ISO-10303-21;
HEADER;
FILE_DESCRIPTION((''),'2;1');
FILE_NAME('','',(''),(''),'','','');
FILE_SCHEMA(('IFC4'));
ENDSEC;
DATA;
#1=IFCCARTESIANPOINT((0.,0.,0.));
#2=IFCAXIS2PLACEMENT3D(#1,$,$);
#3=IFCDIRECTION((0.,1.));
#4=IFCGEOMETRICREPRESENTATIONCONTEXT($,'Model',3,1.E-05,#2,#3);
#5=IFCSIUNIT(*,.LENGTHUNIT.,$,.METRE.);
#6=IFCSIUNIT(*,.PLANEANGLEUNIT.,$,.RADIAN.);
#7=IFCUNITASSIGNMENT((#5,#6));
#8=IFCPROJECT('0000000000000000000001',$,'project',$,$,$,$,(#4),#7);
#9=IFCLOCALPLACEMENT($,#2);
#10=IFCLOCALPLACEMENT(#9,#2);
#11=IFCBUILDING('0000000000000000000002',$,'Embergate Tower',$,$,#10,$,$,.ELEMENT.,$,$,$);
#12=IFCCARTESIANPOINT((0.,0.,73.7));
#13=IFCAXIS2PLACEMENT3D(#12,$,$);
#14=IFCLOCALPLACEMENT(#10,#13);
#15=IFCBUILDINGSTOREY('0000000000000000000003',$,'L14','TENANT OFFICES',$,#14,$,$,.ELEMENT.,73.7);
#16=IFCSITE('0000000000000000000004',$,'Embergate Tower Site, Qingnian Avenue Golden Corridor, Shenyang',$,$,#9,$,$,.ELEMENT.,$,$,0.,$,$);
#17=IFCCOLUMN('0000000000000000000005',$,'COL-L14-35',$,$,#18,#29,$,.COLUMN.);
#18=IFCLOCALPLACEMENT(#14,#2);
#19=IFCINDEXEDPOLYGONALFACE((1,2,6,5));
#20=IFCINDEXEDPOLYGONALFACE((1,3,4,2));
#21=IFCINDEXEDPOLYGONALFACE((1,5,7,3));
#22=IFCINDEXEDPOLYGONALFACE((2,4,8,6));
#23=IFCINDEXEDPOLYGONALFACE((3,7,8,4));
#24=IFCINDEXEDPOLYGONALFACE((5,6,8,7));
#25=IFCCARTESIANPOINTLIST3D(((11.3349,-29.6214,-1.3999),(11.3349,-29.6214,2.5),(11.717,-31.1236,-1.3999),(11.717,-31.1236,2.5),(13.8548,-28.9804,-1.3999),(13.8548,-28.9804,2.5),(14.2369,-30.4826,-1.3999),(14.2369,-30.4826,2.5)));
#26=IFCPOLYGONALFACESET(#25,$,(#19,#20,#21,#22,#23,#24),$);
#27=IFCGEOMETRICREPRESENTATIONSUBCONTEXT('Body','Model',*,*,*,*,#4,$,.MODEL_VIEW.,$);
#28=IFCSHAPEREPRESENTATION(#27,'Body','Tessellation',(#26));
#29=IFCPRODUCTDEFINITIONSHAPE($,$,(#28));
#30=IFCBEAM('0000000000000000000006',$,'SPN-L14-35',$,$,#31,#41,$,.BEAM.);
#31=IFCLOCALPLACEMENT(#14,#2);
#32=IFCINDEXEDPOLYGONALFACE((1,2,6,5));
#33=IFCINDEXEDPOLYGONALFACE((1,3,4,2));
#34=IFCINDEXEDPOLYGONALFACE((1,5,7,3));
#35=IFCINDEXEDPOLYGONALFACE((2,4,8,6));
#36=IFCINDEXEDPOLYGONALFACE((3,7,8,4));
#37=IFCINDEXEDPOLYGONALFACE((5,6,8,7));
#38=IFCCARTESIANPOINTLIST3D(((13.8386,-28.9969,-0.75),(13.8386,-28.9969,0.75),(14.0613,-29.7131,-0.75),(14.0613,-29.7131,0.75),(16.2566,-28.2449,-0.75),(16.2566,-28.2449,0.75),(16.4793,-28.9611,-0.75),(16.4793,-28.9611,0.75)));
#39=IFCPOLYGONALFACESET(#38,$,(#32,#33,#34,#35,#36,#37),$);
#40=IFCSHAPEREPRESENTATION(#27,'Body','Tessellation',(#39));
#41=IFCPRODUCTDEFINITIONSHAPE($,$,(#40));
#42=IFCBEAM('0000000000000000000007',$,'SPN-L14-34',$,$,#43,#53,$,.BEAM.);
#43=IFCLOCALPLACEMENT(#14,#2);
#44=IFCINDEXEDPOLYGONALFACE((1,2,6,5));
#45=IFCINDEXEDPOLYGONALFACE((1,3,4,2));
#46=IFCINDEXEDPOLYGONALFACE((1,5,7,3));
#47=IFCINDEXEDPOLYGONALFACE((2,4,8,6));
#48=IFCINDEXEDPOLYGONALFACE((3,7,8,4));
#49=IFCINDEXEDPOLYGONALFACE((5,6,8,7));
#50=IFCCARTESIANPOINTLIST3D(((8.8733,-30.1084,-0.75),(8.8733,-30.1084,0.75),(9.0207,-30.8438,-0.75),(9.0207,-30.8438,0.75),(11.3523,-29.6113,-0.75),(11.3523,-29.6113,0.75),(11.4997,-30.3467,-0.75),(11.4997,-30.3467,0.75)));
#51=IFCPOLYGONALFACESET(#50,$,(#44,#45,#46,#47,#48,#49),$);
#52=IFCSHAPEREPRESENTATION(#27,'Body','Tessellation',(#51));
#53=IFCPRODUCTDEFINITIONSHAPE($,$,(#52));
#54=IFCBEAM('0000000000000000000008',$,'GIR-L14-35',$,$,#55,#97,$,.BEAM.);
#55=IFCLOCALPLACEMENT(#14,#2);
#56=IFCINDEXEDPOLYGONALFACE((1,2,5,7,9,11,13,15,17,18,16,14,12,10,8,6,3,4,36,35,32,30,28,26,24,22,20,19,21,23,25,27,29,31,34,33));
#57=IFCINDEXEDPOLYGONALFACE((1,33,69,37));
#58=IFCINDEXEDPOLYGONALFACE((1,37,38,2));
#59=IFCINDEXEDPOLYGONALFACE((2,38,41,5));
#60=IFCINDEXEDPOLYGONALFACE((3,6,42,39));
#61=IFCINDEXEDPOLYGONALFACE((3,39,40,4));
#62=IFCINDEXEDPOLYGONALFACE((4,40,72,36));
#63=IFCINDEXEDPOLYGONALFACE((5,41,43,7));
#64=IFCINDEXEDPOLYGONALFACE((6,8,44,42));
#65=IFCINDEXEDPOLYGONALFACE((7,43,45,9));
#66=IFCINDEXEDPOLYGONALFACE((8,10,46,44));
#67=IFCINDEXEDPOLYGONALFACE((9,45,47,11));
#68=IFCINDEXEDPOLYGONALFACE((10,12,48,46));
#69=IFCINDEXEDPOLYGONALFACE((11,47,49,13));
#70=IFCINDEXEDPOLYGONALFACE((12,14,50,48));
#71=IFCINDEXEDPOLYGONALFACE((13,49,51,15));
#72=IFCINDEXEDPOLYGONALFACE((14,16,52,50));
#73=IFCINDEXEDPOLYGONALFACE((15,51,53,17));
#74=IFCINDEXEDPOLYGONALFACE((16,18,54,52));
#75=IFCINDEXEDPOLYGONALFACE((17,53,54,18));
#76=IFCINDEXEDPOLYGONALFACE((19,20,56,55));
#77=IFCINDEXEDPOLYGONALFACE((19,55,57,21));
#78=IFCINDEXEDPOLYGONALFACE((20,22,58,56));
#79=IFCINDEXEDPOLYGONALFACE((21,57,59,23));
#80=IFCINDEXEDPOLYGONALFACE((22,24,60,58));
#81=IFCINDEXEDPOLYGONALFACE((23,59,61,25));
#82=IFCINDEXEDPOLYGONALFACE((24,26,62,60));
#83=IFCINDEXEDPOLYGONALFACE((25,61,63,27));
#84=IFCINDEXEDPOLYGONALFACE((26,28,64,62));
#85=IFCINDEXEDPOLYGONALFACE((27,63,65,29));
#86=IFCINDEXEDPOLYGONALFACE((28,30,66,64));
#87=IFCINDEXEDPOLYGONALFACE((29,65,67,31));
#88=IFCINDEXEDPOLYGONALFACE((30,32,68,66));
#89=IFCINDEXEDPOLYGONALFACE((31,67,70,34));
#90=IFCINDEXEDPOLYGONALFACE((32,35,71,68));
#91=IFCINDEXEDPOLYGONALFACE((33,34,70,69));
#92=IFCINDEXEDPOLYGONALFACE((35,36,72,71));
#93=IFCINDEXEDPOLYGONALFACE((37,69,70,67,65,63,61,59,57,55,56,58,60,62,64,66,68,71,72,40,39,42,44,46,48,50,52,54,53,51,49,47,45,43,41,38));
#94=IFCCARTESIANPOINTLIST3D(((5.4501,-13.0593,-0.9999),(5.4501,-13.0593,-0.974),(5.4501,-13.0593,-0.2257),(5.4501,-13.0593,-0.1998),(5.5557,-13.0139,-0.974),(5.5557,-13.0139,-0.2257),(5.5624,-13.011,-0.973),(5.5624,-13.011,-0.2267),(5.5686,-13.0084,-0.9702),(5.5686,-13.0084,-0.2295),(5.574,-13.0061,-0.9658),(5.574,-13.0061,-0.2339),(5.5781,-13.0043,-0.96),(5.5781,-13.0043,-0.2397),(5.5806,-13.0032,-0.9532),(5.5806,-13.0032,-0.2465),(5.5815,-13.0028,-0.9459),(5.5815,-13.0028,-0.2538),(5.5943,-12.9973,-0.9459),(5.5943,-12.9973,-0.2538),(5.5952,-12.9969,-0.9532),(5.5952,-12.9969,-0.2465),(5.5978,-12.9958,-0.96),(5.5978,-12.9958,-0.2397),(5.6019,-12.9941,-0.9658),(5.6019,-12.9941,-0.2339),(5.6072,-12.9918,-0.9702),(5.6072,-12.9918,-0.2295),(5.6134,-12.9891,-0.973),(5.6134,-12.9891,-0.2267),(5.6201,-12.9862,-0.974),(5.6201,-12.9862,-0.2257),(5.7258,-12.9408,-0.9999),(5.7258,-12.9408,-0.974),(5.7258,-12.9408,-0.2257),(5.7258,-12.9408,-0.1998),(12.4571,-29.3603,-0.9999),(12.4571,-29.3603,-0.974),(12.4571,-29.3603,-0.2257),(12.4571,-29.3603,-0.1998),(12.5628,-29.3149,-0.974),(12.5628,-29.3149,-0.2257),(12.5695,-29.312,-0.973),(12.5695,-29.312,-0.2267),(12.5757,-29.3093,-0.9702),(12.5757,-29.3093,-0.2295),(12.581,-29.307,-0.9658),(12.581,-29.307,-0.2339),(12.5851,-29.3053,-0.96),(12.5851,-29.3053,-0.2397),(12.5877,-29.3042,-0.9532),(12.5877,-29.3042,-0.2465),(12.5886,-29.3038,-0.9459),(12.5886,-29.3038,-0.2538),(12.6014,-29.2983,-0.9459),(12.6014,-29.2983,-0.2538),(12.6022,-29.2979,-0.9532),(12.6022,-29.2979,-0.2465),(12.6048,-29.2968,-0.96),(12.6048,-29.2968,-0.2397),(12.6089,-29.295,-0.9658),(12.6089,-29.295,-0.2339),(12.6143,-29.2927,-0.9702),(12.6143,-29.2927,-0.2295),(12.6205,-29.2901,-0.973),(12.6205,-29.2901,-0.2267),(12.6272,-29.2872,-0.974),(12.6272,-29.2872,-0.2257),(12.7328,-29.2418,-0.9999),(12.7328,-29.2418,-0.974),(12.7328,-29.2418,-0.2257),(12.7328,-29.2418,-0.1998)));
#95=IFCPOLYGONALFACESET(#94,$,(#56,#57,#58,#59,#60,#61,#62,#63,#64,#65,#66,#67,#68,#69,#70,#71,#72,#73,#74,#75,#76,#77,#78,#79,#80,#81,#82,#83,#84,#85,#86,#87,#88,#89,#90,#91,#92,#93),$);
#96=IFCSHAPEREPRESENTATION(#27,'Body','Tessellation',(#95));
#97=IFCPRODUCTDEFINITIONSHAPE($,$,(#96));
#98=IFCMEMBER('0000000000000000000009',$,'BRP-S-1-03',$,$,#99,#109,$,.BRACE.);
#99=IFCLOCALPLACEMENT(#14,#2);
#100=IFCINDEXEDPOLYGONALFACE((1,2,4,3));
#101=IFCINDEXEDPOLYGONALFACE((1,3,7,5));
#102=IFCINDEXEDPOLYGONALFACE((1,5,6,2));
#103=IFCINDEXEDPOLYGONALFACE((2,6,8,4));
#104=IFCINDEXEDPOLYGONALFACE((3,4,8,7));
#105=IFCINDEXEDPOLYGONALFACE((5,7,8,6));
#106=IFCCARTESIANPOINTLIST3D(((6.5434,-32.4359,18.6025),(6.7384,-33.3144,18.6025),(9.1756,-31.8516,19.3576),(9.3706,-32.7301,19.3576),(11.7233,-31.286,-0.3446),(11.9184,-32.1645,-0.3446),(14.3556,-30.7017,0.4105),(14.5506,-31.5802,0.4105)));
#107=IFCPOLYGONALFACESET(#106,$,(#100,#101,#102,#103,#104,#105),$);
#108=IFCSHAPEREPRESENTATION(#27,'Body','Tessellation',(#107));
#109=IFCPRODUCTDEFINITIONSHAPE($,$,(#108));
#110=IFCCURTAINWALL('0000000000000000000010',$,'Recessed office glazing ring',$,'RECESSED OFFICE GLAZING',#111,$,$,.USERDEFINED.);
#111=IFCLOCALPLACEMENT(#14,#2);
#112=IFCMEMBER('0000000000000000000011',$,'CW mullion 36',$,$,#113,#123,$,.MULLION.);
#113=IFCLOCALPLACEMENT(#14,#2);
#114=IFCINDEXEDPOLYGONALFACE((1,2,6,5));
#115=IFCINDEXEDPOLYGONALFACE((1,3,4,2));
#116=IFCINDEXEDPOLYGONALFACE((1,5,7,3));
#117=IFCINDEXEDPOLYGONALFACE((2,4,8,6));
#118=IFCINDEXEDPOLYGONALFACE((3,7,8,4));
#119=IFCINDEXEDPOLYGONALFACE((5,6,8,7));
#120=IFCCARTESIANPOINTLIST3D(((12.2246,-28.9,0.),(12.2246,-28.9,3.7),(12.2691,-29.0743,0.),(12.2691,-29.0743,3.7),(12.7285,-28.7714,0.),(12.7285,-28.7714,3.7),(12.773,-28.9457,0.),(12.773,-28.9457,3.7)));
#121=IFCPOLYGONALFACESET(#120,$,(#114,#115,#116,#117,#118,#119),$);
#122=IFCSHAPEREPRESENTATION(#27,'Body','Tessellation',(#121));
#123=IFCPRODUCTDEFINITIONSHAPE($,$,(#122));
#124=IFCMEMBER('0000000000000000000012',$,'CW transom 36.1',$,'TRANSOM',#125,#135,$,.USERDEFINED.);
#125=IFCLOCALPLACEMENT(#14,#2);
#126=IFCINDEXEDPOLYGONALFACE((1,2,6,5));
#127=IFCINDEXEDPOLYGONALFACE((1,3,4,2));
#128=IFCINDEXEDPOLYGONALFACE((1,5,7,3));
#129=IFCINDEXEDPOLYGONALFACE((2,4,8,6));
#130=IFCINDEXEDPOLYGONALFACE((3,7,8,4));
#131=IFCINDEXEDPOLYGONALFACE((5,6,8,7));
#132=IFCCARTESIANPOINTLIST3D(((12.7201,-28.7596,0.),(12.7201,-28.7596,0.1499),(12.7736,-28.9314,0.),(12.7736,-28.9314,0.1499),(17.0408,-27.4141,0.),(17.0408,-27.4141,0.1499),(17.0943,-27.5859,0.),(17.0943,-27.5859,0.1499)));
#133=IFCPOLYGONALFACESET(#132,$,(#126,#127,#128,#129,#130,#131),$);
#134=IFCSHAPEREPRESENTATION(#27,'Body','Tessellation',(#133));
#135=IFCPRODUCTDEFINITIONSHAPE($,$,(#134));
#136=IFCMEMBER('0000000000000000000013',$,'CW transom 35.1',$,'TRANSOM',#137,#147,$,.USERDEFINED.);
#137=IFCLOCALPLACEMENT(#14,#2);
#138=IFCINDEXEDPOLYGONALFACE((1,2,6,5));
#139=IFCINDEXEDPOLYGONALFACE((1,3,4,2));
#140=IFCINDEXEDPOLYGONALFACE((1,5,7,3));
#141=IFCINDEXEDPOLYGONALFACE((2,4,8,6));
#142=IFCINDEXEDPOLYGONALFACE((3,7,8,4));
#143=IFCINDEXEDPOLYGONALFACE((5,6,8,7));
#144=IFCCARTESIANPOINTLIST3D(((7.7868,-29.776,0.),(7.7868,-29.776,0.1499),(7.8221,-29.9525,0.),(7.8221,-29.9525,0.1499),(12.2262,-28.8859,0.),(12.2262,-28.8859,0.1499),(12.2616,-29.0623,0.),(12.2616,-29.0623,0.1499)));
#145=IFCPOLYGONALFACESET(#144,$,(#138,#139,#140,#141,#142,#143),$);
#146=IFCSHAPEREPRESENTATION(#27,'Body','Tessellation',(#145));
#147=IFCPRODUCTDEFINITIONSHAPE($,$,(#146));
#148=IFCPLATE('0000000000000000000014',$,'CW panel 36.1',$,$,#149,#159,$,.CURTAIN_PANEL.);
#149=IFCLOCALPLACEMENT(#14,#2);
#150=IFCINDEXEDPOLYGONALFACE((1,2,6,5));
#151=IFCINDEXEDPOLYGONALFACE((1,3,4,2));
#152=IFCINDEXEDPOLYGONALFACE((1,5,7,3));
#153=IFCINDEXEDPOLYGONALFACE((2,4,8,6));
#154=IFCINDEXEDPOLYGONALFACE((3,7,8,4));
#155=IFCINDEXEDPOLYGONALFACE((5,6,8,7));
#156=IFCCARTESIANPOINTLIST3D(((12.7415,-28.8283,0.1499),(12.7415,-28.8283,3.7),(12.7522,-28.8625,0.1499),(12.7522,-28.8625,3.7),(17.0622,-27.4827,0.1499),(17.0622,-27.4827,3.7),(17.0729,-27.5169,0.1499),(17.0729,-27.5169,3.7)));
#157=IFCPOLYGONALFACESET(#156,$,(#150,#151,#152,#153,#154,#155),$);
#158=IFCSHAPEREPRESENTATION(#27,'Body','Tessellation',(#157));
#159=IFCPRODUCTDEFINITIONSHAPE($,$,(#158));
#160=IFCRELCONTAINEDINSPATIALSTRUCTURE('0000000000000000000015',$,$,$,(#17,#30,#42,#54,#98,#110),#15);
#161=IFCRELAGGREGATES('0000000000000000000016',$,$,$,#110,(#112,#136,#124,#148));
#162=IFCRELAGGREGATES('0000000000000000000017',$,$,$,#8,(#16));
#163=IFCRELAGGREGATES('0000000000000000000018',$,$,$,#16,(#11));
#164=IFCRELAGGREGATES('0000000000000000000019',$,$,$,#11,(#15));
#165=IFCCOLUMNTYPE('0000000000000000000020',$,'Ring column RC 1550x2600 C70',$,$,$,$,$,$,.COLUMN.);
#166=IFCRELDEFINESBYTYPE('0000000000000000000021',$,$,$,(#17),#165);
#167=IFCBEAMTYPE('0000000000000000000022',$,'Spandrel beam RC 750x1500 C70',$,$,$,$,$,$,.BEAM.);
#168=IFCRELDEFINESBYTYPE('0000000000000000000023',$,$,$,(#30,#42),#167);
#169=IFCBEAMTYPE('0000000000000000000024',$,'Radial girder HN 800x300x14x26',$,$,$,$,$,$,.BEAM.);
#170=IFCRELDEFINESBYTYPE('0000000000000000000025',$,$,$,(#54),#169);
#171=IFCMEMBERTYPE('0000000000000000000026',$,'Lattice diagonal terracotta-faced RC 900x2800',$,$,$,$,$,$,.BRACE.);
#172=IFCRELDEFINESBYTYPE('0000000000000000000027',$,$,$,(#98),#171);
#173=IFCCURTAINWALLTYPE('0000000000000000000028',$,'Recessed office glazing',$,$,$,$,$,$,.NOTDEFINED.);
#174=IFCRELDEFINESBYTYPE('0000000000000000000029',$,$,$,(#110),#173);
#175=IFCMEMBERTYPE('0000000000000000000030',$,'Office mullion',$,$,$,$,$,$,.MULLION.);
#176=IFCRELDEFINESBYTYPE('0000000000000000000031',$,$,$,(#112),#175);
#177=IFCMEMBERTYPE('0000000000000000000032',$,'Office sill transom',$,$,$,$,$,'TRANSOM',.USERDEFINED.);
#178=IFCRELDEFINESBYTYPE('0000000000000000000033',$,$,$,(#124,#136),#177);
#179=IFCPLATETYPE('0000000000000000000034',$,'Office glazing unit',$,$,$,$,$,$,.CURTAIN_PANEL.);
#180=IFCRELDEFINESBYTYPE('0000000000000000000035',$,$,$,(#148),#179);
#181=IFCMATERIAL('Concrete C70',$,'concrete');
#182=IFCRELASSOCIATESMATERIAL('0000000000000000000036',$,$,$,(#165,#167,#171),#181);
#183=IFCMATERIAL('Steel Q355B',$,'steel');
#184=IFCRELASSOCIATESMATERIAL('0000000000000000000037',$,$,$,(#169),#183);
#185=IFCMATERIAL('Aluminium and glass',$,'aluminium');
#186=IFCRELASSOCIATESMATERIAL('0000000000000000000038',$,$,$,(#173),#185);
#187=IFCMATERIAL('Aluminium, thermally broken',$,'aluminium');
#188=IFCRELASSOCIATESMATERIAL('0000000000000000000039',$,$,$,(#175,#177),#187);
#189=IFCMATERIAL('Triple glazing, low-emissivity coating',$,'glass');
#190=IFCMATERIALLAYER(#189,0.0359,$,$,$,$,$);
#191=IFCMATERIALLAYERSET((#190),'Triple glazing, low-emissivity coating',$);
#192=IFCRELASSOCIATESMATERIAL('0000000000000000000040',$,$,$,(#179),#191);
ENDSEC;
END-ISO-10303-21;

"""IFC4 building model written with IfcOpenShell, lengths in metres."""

from ifc_helpers import new_model, si_unit, direction, frame, origin, origin_2d, place, context, subcontext, project, spatial, rectangle, i_section, extrude, source, transform, mapped, material, layer, layer_set, material_profile, profile_set, type_object, element, aggregate, save


model = new_model("IFC4")

# Units and contexts
model_context = context("Model", 3, precision=1e-05, world=origin(), true_north=direction((0.0, 1.0)))
body_context = subcontext(model_context, "Body", "Model", "MODEL_VIEW")
ifc_project = project(units=[si_unit("LENGTHUNIT", "METRE"), si_unit("PLANEANGLEUNIT", "RADIAN")], contexts=[model_context])

# Site, building, storey
site_placement = place(None, origin())
site = spatial("IfcSite", under=ifc_project, at=site_placement, Name="Embergate Tower Site, Qingnian Avenue Golden Corridor, Shenyang", CompositionType="ELEMENT", RefElevation=0.0)
building_placement = place(site_placement, origin())
building = spatial("IfcBuilding", under=site, at=building_placement, Name="Embergate Tower", CompositionType="ELEMENT")
storey_placement = place(building_placement, frame((0.0, 0.0, 73.7)))
storey = spatial("IfcBuildingStorey", under=building, at=storey_placement, Name="L14", Description="TENANT OFFICES", CompositionType="ELEMENT", Elevation=73.7)

# Column
ifc_material_1 = material(Name="Concrete C70", Category="concrete")
ifc_material_profile_1 = material_profile(ifc_material_1, rectangle(XDim=1.55, YDim=2.6001, at=origin_2d()), Name="RC 1550x2600")
ifc_profile_set_1 = profile_set([ifc_material_profile_1], Name="Concrete C70")
column_type = type_object("IfcColumnType", Name="Ring column RC 1550x2600 C70", PredefinedType="COLUMN", material=ifc_profile_set_1)
shared_shape_1 = source(origin(), body_context, "Body", "SweptSolid", [
    extrude(rectangle(XDim=1.55, YDim=2.6001, at=origin_2d()), origin(), (0.0, 0.0, 1.0), 3.8999),
])
column_placement = place(storey_placement, frame((12.7859, -30.052, -1.3999), z_axis=(0.0, 0.0, 1.0), x_axis=(0.246509, -0.969141, 0.0)))
element("IfcColumn", 1, at=column_placement, inside=storey, type_object=column_type, Name="COL-L14-35", PredefinedType="COLUMN", context=body_context, shape_type="MappedRepresentation", body=[
    mapped(shared_shape_1, transform((0.0, 0.0, 0.0))),
])

# Beams
ifc_material_profile_2 = material_profile(ifc_material_1, rectangle(XDim=0.75, YDim=1.5, at=origin_2d()), Name="RC 750x1500")
ifc_profile_set_2 = profile_set([ifc_material_profile_2], Name="Concrete C70")
beam_type_1 = type_object("IfcBeamType", Name="Spandrel beam RC 750x1500 C70", PredefinedType="BEAM", material=ifc_profile_set_2)
shared_shape_2 = source(origin(), body_context, "Body", "SweptSolid", [
    extrude(rectangle(XDim=0.75, YDim=1.5, at=origin_2d()), origin(), (0.0, 0.0, 1.0), 2.5322),
])
beam_1_placement = place(storey_placement, frame((13.95, -29.355, 0.0), z_axis=(0.954891, 0.296957, 0.0), x_axis=(-0.296957, 0.954891, 0.0)))
element("IfcBeam", 2, at=beam_1_placement, inside=storey, type_object=beam_type_1, Name="SPN-L14-35", PredefinedType="BEAM", context=body_context, shape_type="MappedRepresentation", body=[
    mapped(shared_shape_2, transform((0.0, 0.0, 0.0))),
])
shared_shape_3 = source(origin(), body_context, "Body", "SweptSolid", [
    extrude(rectangle(XDim=0.75, YDim=1.5, at=origin_2d()), origin(), (0.0, 0.0, 1.0), 2.5283),
])
beam_2_placement = place(storey_placement, frame((8.947, -30.4761, 0.0), z_axis=(0.980484, 0.196599, 0.0), x_axis=(-0.196599, 0.980484, 0.0)))
element("IfcBeam", 3, at=beam_2_placement, inside=storey, type_object=beam_type_1, Name="SPN-L14-34", PredefinedType="BEAM", context=body_context, shape_type="MappedRepresentation", body=[
    mapped(shared_shape_3, transform((0.0, 0.0, 0.0))),
])
ifc_material_2 = material(Name="Steel Q355B", Category="steel")
ifc_material_profile_3 = material_profile(ifc_material_2, i_section(OverallWidth=0.3, OverallDepth=0.8, WebThickness=0.0139, FlangeThickness=0.0259, FilletRadius=0.0281, at=origin_2d()), Name="HN 800x300x14x26")
ifc_profile_set_3 = profile_set([ifc_material_profile_3], Name="Steel Q355 grade B")
beam_type_2 = type_object("IfcBeamType", Name="Radial girder HN 800x300x14x26", PredefinedType="BEAM", material=ifc_profile_set_3)
shared_shape_4 = source(origin(), body_context, "Body", "SweptSolid", [
    extrude(i_section(OverallWidth=0.3, OverallDepth=0.8, WebThickness=0.0139, FlangeThickness=0.0259, FilletRadius=0.0281, at=origin_2d()), origin(), (0.0, 0.0, 1.0), 17.7432),
])
beam_3_placement = place(storey_placement, frame((12.595, -29.301, -0.5999), z_axis=(-0.394915, 0.918717, 0.0), x_axis=(-0.918717, -0.394915, 0.0)))
element("IfcBeam", 4, at=beam_3_placement, inside=storey, type_object=beam_type_2, Name="GIR-L14-35", PredefinedType="BEAM", context=body_context, shape_type="MappedRepresentation", body=[
    mapped(shared_shape_4, transform((0.0, 0.0, 0.0))),
])

# Member
ifc_material_profile_4 = material_profile(ifc_material_1, rectangle(XDim=0.8999, YDim=2.8, at=origin_2d()), Name="RC 900x2800")
ifc_profile_set_4 = profile_set([ifc_material_profile_4], Name="Concrete C70")
member_type_1 = type_object("IfcMemberType", Name="Lattice diagonal terracotta-faced RC 900x2800", PredefinedType="BRACE", material=ifc_profile_set_4)
shared_shape_5 = source(origin(), body_context, "Body", "SweptSolid", [
    extrude(rectangle(XDim=0.8999, YDim=2.8, at=origin_2d()), origin(), (0.0, 0.0, 1.0), 19.676),
])
member_1_placement = place(storey_placement, frame((13.137, -31.4331, 0.033), z_axis=(-0.263262, -0.058442, 0.962953), x_axis=(0.216716, -0.976235, 0.0)))
element("IfcMember", 5, at=member_1_placement, inside=storey, type_object=member_type_1, Name="BRP-S-1-03", PredefinedType="BRACE", context=body_context, shape_type="MappedRepresentation", body=[
    mapped(shared_shape_5, transform((0.0, 0.0, 0.0))),
])

# Curtain wall, members, plate
ifc_material_3 = material(Name="Aluminium and glass", Category="aluminium")
curtain_wall_type = type_object("IfcCurtainWallType", Name="Recessed office glazing", PredefinedType="NOTDEFINED", material=ifc_material_3)
curtain_wall_placement = place(storey_placement, origin())
curtain_wall = element("IfcCurtainWall", 6, at=curtain_wall_placement, inside=storey, type_object=curtain_wall_type, Name="Recessed office glazing ring", ObjectType="RECESSED OFFICE GLAZING", PredefinedType="USERDEFINED")
ifc_material_4 = material(Name="Aluminium, thermally broken", Category="aluminium")
ifc_material_profile_5 = material_profile(ifc_material_4, rectangle(XDim=0.1799, YDim=0.52, at=origin_2d()), Name="AL 520x180")
ifc_profile_set_5 = profile_set([ifc_material_profile_5], Name="Aluminium, thermally broken")
member_type_2 = type_object("IfcMemberType", Name="Office mullion", PredefinedType="MULLION", material=ifc_profile_set_5)
shared_shape_6 = source(origin(), body_context, "Body", "SweptSolid", [
    extrude(rectangle(XDim=0.1799, YDim=0.52, at=origin_2d()), origin(), (0.0, 0.0, 1.0), 3.7),
])
member_2_placement = place(storey_placement, frame((12.4988, -28.9229, 0.0), z_axis=(0.0, 0.0, 1.0), x_axis=(-0.247315, 0.968935, 0.0)))
member_2 = element("IfcMember", 7, at=member_2_placement, type_object=member_type_2, Name="CW mullion 36", PredefinedType="MULLION", context=body_context, shape_type="MappedRepresentation", body=[
    mapped(shared_shape_6, transform((0.0, 0.0, 0.0))),
])
ifc_material_profile_6 = material_profile(ifc_material_4, rectangle(XDim=0.1799, YDim=0.1499, at=origin_2d()), Name="AL 150x180")
ifc_profile_set_6 = profile_set([ifc_material_profile_6], Name="Aluminium, thermally broken")
member_type_3 = type_object("IfcMemberType", Name="Office sill transom", ElementType="TRANSOM", PredefinedType="USERDEFINED", material=ifc_profile_set_6)
shared_shape_7 = source(origin(), body_context, "Body", "SweptSolid", [
    extrude(rectangle(XDim=0.1799, YDim=0.1499, at=origin_2d()), origin(), (0.0, 0.0, 1.0), 4.5254),
])
member_3_placement = place(storey_placement, frame((12.7468, -28.8455, 0.075), z_axis=(0.954781, 0.29731, 0.0), x_axis=(-0.29731, 0.954781, 0.0)))
member_3 = element("IfcMember", 8, at=member_3_placement, type_object=member_type_3, Name="CW transom 36.1", ObjectType="TRANSOM", PredefinedType="USERDEFINED", context=body_context, shape_type="MappedRepresentation", body=[
    mapped(shared_shape_7, transform((0.0, 0.0, 0.0))),
])
shared_shape_8 = source(origin(), body_context, "Body", "SweptSolid", [
    extrude(rectangle(XDim=0.1799, YDim=0.1499, at=origin_2d()), origin(), (0.0, 0.0, 1.0), 4.5278),
])
member_4_placement = place(storey_placement, frame((7.8044, -29.8643, 0.075), z_axis=(0.980485, 0.196593, 0.0), x_axis=(-0.196593, 0.980485, 0.0)))
member_4 = element("IfcMember", 9, at=member_4_placement, type_object=member_type_3, Name="CW transom 35.1", ObjectType="TRANSOM", PredefinedType="USERDEFINED", context=body_context, shape_type="MappedRepresentation", body=[
    mapped(shared_shape_8, transform((0.0, 0.0, 0.0))),
])
ifc_material_5 = material(Name="Triple glazing, low-emissivity coating", Category="glass")
ifc_layer_1 = layer(ifc_material_5, 0.0359)
ifc_layer_set_1 = layer_set([ifc_layer_1], Name="Triple glazing, low-emissivity coating")
plate_type = type_object("IfcPlateType", Name="Office glazing unit", PredefinedType="CURTAIN_PANEL", material=ifc_layer_set_1)
shared_shape_9 = source(origin(), body_context, "Body", "SweptSolid", [
    extrude(rectangle(XDim=4.5254, YDim=0.0359, at=origin_2d()), origin(), (0.0, 0.0, 1.0), 3.55),
])
plate_1_placement = place(storey_placement, frame((14.9072, -28.1726, 0.1499), z_axis=(0.0, 0.0, 1.0), x_axis=(0.954771, 0.297342, 0.0)))
plate_1 = element("IfcPlate", 10, at=plate_1_placement, type_object=plate_type, Name="CW panel 36.1", PredefinedType="CURTAIN_PANEL", context=body_context, shape_type="MappedRepresentation", body=[
    mapped(shared_shape_9, transform((0.0, 0.0, 0.0))),
])
aggregate(curtain_wall, [member_2, member_4, member_3, plate_1])

save(model, "model.ifc")
